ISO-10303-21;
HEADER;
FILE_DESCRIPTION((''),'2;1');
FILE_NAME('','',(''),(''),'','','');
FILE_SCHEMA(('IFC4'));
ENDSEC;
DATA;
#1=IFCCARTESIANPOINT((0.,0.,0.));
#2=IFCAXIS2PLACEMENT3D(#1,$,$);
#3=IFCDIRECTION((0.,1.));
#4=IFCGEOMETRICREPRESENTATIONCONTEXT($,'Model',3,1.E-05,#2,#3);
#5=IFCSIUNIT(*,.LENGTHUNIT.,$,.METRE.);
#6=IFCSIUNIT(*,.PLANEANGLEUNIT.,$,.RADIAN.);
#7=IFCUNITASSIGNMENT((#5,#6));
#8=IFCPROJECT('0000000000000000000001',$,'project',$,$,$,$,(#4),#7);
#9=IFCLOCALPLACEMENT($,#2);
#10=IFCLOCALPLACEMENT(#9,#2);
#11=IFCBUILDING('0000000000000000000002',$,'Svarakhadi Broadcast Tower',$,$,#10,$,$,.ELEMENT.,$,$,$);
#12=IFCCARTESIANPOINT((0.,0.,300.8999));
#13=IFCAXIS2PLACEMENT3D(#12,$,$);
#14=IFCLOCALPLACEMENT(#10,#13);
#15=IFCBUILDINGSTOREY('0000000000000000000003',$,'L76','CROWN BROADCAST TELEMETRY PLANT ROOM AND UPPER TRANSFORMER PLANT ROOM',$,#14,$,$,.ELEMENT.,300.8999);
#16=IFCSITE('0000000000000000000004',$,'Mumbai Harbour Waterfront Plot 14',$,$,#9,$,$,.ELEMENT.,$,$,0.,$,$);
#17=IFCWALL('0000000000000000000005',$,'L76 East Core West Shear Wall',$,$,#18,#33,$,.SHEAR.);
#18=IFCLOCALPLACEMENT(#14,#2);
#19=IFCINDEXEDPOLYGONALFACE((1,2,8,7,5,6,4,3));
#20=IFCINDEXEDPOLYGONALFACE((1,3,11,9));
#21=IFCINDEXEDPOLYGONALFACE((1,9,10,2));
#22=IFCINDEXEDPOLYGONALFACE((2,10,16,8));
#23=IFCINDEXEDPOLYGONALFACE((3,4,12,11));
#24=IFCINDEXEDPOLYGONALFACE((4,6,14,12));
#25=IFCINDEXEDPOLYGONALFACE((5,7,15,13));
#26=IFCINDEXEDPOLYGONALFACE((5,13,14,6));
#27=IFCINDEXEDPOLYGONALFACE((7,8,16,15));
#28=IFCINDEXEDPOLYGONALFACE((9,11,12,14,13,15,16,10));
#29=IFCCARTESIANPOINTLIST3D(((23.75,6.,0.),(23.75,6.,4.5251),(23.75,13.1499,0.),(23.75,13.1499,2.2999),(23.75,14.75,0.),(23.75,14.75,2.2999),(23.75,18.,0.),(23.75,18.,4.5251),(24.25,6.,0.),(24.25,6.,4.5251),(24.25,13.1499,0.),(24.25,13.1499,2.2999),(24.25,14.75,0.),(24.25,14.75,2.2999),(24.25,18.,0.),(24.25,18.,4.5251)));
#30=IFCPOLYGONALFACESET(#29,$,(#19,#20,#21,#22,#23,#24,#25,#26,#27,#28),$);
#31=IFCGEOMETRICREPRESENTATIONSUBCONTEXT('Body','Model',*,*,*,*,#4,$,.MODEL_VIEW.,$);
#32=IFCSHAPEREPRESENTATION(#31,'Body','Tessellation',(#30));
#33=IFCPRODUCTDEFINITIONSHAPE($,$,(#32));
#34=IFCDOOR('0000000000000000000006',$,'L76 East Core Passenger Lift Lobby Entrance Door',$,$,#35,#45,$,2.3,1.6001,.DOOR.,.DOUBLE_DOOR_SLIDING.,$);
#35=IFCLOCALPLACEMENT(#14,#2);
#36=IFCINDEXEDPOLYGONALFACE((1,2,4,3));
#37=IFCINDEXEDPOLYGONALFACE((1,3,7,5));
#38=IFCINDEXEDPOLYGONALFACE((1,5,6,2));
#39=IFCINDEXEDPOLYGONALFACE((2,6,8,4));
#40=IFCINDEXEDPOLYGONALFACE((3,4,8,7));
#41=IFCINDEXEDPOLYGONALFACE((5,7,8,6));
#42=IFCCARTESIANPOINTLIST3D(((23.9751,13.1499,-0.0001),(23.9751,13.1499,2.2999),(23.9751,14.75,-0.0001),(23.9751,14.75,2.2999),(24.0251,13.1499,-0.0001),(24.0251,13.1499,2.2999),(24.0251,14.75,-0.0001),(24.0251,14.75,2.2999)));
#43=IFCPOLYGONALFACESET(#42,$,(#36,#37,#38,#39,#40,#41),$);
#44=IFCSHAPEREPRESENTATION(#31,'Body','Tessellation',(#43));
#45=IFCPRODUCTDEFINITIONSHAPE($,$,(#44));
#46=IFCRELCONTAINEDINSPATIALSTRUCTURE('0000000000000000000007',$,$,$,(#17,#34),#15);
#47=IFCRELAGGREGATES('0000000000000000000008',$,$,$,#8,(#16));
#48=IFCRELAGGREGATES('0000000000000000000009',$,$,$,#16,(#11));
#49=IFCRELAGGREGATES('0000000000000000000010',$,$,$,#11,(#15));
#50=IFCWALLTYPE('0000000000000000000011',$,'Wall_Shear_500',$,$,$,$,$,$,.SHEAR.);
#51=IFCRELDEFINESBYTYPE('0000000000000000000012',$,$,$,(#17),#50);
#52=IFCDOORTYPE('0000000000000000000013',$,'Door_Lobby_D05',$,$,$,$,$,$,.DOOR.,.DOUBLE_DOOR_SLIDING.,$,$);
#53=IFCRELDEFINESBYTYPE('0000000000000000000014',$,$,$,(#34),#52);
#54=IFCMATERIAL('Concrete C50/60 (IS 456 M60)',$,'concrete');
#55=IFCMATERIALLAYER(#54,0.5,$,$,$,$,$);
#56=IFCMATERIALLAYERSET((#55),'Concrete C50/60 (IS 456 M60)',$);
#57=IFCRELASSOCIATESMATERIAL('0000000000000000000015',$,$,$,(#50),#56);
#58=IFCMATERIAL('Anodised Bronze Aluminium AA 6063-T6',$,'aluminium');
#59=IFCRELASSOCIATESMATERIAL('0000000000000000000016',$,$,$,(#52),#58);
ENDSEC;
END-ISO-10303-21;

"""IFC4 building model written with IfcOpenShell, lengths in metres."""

from ifc_helpers import new_model, si_unit, direction, frame, frame_2d, origin, place, context, subcontext, project, spatial, rectangle, extrude, material, layer, layer_set, type_object, element, fill, save


model = new_model("IFC4")

# Units and contexts
model_context = context("Model", 3, precision=1e-05, world=origin(), true_north=direction((0.0, 1.0)))
body_context = subcontext(model_context, "Body", "Model", "MODEL_VIEW")
ifc_project = project(units=[si_unit("LENGTHUNIT", "METRE"), si_unit("PLANEANGLEUNIT", "RADIAN")], contexts=[model_context])

# Site, building, storey
site_placement = place(None, origin())
site = spatial("IfcSite", under=ifc_project, at=site_placement, Name="Mumbai Harbour Waterfront Plot 14", CompositionType="ELEMENT", RefElevation=0.0)
building_placement = place(site_placement, origin())
building = spatial("IfcBuilding", under=site, at=building_placement, Name="Svarakhadi Broadcast Tower", CompositionType="ELEMENT")
storey_placement = place(building_placement, frame((0.0, 0.0, 300.8999)))
storey = spatial("IfcBuildingStorey", under=building, at=storey_placement, Name="L76", Description="CROWN BROADCAST TELEMETRY PLANT ROOM AND UPPER TRANSFORMER PLANT ROOM", CompositionType="ELEMENT", Elevation=300.8999)

# Shared definitions
ifc_material_1 = material(Name="Concrete C50/60 (IS 456 M60)", Category="concrete")

# Shared definitions
ifc_material_2 = material(Name="Anodised Bronze Aluminium AA 6063-T6", Category="aluminium")

# Shared definitions
ifc_layer_1 = layer(ifc_material_1, 0.5)
ifc_layer_set_1 = layer_set([ifc_layer_1], Name="Concrete C50/60 (IS 456 M60)")
wall_type_1 = type_object("IfcWallType", Name="Wall_Shear_500", PredefinedType="SHEAR", material=ifc_layer_set_1)

# Wall, opening, door
wall_1_placement = place(storey_placement, frame((24.0, 6.0, 0.0), z_axis=(0.0, 0.0, 1.0), x_axis=(0.0, 1.0, 0.0)))
wall_1 = element("IfcWall", 1, at=wall_1_placement, inside=storey, type_object=wall_type_1, Name="L76 East Core West Shear Wall", PredefinedType="SHEAR", context=body_context, shape_type="SweptSolid", body=[
    extrude(rectangle(XDim=12.0, YDim=0.5, at=frame_2d((6.0, 0.0))), origin(), (0.0, 0.0, 1.0), 4.5251),
])
opening_1_placement = place(wall_1_placement, frame((7.1499, 0.0, 0.0)))
opening_1 = element("IfcOpeningElement", 2, at=opening_1_placement, cuts=wall_1, PredefinedType="OPENING", context=body_context, shape_type="SweptSolid", body=[
    extrude(rectangle(XDim=1.6001, YDim=2.3, at=frame_2d((0.8, 1.1499))), frame((0.0, 0.26, 0.0), z_axis=(0.0, -1.0, 0.0), x_axis=(1.0, 0.0, 0.0)), (0.0, 0.0, 1.0), 0.52),
])
door_type_1 = type_object("IfcDoorType", Name="Door_Lobby_D05", OperationType="DOUBLE_DOOR_SLIDING", PredefinedType="DOOR", material=ifc_material_2)
door_1_placement = place(opening_1_placement, origin())
door_1 = element("IfcDoor", 3, at=door_1_placement, inside=storey, type_object=door_type_1, Name="L76 East Core Passenger Lift Lobby Entrance Door", OperationType="DOUBLE_DOOR_SLIDING", OverallHeight=2.3, OverallWidth=1.6001, PredefinedType="DOOR", context=body_context, shape_type="SweptSolid", body=[
    extrude(rectangle(XDim=1.6001, YDim=2.3, at=frame_2d((0.8, 1.1499))), frame((0.0, 0.0249, 0.0), z_axis=(0.0, -1.0, 0.0), x_axis=(1.0, 0.0, 0.0)), (0.0, 0.0, 1.0), 0.05),
])
fill(opening_1, door_1)

save(model, "model.ifc")
